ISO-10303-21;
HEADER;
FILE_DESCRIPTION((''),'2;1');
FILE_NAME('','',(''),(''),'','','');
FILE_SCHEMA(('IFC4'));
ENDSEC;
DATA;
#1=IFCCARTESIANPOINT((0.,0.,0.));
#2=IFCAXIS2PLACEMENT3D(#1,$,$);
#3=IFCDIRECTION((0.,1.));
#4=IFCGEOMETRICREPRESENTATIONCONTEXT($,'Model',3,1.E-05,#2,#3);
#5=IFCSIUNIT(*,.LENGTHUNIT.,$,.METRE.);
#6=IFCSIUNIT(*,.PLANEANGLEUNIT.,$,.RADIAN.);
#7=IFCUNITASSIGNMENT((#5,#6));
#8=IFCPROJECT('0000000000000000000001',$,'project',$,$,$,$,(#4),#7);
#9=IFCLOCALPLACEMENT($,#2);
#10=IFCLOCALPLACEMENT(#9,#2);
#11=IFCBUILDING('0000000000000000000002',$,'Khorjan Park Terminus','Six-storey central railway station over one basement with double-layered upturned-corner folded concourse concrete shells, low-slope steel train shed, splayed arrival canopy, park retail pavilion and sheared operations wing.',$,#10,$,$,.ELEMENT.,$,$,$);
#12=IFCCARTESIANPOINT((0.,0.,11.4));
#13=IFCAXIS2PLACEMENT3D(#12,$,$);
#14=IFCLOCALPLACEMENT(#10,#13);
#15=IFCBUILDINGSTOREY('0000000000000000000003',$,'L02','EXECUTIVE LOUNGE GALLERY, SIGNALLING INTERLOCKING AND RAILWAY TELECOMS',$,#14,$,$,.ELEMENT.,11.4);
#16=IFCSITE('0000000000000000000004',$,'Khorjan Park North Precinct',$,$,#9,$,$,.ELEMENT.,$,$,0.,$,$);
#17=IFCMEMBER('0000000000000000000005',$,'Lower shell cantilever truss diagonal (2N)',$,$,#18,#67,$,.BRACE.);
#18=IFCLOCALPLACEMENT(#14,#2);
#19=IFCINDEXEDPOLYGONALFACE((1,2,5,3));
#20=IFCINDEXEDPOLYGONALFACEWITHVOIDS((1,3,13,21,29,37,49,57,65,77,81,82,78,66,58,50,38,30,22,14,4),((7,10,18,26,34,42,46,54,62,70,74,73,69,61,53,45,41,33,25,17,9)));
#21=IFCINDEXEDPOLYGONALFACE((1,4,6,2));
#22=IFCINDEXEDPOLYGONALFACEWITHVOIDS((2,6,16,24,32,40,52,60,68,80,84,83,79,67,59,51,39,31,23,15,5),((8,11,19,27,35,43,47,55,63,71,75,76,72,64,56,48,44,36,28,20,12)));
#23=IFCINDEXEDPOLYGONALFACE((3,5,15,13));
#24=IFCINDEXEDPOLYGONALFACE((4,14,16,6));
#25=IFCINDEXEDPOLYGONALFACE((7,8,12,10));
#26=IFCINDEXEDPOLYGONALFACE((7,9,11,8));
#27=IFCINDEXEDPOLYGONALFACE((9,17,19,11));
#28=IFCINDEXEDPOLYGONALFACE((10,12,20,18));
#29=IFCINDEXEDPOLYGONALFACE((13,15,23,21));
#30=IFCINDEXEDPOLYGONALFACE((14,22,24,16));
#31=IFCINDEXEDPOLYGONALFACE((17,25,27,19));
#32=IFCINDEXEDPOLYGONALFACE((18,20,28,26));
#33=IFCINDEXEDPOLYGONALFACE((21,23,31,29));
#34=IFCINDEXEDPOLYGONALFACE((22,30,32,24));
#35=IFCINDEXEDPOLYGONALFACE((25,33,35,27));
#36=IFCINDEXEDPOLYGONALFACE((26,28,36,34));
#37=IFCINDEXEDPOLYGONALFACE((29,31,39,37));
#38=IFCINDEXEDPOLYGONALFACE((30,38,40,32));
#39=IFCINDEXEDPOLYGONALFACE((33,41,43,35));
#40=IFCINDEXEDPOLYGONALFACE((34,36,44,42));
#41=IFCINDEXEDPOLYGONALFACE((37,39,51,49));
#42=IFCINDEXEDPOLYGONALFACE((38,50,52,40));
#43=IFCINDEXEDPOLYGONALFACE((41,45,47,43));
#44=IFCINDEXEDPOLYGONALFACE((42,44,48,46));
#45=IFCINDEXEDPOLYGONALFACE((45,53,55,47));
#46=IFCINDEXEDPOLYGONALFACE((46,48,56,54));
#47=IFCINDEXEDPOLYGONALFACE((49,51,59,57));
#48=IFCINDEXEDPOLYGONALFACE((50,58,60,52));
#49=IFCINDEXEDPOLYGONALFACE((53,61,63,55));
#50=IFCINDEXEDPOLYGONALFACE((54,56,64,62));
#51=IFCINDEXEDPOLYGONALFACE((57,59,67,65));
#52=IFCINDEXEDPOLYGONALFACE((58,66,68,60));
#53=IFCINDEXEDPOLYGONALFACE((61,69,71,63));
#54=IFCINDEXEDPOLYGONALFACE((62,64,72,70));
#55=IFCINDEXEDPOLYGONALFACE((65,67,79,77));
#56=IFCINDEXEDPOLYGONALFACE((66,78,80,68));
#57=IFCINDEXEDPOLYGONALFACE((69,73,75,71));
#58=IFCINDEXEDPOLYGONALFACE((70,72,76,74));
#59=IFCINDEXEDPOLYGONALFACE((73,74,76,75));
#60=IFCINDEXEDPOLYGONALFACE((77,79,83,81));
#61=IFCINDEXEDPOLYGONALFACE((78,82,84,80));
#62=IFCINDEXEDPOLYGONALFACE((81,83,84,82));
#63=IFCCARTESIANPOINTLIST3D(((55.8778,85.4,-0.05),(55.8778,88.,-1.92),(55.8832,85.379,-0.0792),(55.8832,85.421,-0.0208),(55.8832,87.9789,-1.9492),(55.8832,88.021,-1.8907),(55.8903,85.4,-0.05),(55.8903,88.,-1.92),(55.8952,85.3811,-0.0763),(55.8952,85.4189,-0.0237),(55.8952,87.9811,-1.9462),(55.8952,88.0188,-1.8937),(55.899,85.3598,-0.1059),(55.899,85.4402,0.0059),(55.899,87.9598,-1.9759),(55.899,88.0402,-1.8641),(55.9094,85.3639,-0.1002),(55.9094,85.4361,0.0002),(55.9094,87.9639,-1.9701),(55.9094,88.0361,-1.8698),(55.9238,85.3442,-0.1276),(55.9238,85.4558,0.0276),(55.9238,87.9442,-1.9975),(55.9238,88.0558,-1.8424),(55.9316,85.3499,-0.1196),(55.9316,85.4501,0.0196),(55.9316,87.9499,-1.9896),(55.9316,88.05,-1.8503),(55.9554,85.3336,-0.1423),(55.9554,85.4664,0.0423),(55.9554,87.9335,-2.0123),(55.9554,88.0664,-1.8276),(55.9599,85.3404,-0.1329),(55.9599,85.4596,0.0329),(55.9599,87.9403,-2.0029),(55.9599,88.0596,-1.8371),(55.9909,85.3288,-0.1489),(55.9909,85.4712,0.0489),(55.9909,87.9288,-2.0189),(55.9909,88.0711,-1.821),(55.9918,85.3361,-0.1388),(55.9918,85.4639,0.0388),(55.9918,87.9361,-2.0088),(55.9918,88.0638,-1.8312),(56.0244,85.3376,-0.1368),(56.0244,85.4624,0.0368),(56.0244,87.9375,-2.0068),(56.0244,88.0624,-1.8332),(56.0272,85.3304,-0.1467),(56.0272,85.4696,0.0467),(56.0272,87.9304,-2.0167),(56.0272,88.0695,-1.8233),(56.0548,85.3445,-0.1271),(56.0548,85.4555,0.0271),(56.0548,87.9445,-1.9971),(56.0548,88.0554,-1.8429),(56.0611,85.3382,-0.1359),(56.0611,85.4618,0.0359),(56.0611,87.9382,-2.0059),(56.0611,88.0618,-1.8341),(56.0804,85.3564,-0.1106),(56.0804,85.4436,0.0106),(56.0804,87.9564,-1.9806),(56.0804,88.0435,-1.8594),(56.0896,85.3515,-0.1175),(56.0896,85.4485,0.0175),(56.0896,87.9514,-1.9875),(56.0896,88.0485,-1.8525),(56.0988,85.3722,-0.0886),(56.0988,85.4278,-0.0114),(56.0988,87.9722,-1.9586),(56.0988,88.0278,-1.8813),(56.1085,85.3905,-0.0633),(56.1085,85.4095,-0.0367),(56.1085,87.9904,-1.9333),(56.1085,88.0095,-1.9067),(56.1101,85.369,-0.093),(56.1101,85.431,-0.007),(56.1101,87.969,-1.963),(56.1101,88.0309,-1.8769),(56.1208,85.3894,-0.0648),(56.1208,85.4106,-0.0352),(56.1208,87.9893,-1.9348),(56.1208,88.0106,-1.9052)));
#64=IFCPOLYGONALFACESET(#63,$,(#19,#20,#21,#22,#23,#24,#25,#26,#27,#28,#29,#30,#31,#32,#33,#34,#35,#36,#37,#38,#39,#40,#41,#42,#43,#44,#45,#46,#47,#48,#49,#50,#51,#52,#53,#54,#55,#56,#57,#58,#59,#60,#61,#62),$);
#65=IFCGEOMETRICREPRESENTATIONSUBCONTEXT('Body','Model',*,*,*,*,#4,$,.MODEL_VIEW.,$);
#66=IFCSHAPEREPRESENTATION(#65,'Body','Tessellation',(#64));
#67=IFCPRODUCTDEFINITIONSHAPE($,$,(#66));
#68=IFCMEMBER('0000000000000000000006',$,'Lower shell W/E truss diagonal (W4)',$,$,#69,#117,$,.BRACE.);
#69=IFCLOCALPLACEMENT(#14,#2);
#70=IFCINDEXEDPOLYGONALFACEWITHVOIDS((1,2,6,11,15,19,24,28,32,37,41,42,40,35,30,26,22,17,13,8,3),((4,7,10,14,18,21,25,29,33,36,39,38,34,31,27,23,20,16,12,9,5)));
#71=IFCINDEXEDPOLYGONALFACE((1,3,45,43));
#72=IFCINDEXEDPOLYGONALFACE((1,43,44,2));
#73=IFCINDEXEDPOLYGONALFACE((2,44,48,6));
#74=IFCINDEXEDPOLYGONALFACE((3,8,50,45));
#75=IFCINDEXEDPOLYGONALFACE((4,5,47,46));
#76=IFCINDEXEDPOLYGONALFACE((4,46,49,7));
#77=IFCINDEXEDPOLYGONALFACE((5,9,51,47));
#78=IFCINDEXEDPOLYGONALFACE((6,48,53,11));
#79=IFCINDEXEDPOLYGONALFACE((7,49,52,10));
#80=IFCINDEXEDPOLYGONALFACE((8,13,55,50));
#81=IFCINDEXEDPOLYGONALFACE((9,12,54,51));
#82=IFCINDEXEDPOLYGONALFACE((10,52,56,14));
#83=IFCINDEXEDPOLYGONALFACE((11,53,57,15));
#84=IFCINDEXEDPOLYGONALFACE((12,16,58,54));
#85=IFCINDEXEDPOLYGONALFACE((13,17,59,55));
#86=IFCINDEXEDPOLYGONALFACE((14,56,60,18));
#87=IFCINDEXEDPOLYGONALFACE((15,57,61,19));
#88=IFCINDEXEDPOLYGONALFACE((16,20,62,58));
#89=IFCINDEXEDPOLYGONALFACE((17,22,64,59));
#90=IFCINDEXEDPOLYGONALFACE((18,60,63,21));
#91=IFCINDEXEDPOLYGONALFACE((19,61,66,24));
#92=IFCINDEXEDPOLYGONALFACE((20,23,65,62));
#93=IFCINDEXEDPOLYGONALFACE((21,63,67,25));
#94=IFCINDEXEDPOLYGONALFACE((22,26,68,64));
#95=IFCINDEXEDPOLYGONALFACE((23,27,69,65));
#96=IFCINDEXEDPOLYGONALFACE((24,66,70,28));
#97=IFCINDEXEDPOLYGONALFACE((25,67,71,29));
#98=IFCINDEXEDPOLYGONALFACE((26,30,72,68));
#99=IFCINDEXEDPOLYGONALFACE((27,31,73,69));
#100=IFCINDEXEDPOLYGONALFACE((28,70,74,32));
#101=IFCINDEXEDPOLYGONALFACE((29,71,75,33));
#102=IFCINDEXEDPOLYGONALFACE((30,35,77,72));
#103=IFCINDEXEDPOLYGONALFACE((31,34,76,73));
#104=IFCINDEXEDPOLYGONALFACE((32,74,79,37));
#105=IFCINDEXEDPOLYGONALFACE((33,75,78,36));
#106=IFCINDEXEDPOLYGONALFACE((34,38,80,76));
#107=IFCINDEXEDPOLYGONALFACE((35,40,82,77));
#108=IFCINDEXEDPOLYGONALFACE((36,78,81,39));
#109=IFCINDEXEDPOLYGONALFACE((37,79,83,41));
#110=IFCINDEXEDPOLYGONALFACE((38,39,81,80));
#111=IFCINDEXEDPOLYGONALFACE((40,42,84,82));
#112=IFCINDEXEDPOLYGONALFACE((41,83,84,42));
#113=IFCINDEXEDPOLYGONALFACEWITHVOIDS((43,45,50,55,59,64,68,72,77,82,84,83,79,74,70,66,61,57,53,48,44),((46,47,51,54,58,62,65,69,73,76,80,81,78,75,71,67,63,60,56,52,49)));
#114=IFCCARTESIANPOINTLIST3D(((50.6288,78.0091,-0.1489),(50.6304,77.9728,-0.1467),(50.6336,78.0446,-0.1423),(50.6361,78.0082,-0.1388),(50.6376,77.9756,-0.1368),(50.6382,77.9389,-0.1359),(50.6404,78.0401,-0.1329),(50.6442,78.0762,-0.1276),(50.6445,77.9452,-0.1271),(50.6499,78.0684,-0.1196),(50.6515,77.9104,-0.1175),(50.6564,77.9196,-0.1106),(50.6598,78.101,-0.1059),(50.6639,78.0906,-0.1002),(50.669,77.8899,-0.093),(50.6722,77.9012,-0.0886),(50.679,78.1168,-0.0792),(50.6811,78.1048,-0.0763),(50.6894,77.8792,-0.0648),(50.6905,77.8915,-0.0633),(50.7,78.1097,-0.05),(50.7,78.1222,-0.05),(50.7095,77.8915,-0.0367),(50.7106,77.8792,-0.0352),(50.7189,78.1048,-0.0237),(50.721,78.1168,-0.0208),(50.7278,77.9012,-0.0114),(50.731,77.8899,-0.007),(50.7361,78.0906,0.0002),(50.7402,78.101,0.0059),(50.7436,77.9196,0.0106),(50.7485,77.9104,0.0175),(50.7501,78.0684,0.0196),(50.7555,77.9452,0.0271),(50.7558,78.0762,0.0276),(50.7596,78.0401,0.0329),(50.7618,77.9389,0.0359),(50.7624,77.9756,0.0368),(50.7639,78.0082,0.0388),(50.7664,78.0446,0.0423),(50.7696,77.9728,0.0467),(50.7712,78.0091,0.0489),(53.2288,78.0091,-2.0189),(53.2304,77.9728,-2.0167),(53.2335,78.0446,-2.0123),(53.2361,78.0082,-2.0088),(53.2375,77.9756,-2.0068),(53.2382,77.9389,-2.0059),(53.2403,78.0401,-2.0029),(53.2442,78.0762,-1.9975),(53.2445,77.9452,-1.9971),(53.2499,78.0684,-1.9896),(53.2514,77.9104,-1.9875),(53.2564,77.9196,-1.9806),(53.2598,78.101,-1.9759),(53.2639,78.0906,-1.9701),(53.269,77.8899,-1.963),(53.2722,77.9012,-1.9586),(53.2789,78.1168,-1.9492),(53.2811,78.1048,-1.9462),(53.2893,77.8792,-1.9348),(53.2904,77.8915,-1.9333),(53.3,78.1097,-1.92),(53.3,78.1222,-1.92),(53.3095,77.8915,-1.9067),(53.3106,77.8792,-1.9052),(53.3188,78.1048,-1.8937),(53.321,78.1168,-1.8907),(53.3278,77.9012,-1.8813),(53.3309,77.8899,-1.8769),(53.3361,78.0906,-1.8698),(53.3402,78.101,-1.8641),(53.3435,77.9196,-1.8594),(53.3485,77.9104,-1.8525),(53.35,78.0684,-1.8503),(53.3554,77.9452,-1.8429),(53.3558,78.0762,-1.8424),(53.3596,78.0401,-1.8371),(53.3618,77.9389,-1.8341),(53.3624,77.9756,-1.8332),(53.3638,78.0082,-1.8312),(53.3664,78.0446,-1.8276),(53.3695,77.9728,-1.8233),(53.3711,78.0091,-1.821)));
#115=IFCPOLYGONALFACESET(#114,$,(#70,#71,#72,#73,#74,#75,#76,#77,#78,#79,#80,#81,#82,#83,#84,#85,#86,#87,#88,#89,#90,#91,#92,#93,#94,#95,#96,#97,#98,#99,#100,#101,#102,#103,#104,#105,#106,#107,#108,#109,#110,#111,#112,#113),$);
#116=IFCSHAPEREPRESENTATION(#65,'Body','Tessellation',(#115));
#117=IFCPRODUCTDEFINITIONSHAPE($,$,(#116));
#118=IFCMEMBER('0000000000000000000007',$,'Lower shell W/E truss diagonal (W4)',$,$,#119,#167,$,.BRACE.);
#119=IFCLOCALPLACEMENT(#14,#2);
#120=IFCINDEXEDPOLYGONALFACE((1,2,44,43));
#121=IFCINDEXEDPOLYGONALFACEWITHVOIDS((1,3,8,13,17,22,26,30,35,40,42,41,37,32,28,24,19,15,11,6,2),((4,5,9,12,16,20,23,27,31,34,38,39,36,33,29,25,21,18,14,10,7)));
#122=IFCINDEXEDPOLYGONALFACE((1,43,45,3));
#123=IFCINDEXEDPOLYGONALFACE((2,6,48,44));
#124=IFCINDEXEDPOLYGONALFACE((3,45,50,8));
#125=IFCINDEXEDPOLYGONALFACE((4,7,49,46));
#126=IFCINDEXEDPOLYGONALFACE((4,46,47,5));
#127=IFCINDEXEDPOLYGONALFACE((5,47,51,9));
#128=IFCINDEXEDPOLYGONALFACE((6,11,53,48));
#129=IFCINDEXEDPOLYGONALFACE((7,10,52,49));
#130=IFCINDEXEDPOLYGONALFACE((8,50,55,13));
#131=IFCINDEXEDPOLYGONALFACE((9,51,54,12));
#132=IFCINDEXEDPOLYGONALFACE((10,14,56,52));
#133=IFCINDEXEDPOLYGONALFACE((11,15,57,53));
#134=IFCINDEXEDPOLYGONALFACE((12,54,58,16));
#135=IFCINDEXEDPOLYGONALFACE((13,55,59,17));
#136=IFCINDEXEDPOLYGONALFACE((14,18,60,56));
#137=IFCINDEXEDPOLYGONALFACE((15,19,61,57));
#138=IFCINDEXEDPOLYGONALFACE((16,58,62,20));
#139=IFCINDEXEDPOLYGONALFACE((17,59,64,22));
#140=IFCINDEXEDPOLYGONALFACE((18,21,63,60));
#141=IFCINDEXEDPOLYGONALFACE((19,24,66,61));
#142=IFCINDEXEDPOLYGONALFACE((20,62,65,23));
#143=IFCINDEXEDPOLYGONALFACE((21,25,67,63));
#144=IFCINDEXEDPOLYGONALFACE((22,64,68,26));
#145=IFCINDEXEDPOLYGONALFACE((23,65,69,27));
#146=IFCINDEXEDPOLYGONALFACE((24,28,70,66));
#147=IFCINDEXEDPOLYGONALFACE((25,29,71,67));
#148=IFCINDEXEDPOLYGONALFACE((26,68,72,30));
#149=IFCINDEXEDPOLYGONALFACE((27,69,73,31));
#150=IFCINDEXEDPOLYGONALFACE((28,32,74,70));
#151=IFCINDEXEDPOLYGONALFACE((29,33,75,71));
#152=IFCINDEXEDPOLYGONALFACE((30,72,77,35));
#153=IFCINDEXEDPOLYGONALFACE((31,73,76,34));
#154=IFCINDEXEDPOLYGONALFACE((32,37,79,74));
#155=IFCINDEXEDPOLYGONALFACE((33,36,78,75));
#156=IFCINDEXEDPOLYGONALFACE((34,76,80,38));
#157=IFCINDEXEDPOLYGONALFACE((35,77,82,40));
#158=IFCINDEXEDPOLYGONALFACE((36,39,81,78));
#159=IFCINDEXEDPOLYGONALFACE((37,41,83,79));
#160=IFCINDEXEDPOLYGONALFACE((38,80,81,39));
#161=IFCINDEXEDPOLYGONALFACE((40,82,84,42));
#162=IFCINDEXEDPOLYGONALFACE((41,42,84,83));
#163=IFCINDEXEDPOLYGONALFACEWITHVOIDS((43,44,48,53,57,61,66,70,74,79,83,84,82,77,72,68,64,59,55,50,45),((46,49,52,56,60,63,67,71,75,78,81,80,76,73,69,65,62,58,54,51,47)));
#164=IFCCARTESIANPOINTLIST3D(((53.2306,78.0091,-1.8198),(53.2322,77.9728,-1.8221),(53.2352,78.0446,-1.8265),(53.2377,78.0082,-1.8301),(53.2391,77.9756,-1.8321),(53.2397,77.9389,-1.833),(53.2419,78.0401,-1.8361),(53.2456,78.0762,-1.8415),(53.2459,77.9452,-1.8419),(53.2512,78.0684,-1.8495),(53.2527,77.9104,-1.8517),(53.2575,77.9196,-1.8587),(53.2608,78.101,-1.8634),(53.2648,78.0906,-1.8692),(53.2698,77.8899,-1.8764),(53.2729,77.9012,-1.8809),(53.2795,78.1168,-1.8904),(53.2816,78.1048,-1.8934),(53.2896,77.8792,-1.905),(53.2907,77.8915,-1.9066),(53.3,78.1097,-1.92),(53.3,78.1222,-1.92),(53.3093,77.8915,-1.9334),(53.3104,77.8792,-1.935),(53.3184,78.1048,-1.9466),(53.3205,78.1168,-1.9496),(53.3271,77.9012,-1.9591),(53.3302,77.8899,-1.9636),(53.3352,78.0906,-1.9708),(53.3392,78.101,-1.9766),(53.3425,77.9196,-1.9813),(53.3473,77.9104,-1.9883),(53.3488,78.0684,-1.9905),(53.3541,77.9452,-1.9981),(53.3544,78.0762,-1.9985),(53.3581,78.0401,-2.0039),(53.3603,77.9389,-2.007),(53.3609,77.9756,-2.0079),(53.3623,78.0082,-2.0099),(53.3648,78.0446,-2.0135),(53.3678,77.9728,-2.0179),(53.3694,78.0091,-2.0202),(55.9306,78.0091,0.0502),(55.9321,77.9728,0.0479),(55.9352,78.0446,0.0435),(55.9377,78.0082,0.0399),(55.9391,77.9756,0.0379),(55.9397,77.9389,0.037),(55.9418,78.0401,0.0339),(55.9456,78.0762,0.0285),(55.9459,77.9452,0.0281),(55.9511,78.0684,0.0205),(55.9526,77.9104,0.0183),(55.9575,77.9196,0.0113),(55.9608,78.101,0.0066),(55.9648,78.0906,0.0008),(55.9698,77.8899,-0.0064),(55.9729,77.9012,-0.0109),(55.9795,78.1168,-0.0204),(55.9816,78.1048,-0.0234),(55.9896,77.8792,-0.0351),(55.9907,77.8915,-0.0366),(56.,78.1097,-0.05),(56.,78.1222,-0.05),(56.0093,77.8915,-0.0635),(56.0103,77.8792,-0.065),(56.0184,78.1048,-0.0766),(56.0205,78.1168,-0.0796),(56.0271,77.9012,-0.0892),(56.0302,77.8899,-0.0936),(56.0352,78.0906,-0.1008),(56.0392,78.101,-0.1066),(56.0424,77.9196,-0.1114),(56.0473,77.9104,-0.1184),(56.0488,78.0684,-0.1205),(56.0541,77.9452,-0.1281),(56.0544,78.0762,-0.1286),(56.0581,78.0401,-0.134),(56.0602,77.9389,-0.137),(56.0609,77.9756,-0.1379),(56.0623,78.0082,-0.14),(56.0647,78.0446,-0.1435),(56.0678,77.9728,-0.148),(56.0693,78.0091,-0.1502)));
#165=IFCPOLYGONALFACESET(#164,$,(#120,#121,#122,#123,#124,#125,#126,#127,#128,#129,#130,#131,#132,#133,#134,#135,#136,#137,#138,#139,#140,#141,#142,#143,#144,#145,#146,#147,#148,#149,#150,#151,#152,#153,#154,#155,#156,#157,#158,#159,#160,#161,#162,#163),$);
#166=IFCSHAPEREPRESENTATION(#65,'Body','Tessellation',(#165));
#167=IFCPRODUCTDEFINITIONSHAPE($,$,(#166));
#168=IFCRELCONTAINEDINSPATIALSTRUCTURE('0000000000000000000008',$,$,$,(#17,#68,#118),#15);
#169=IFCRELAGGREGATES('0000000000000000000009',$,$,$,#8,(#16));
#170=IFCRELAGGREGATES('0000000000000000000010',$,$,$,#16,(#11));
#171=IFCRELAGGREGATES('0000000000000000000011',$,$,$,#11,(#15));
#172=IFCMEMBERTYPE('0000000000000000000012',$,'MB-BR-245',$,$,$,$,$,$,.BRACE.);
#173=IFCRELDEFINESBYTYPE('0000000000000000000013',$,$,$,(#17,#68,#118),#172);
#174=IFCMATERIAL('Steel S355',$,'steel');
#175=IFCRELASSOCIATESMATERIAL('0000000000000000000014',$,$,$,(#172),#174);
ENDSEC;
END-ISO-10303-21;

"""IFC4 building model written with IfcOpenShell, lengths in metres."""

from ifc_helpers import new_model, si_unit, direction, frame, origin, origin_2d, place, context, subcontext, project, spatial, hollow_circle, extrude, material, material_profile, profile_set, type_object, element, save


model = new_model("IFC4")

# Units and contexts
model_context = context("Model", 3, precision=1e-05, world=origin(), true_north=direction((0.0, 1.0)))
body_context = subcontext(model_context, "Body", "Model", "MODEL_VIEW")
ifc_project = project(units=[si_unit("LENGTHUNIT", "METRE"), si_unit("PLANEANGLEUNIT", "RADIAN")], contexts=[model_context])

# Site, building, storey
site_placement = place(None, origin())
site = spatial("IfcSite", under=ifc_project, at=site_placement, Name="Khorjan Park North Precinct", CompositionType="ELEMENT", RefElevation=0.0)
building_placement = place(site_placement, origin())
building = spatial("IfcBuilding", under=site, at=building_placement, Name="Khorjan Park Terminus", Description="Six-storey central railway station over one basement with double-layered upturned-corner folded concourse concrete shells, low-slope steel train shed, splayed arrival canopy, park retail pavilion and sheared operations wing.", CompositionType="ELEMENT")
storey_placement = place(building_placement, frame((0.0, 0.0, 11.4)))
storey = spatial("IfcBuildingStorey", under=building, at=storey_placement, Name="L02", Description="EXECUTIVE LOUNGE GALLERY, SIGNALLING INTERLOCKING AND RAILWAY TELECOMS", CompositionType="ELEMENT", Elevation=11.4)

# Members
ifc_material_1 = material(Name="Steel S355", Category="steel")
ifc_material_profile_1 = material_profile(ifc_material_1, hollow_circle(Radius=0.1222, WallThickness=0.0125, at=origin_2d()), Name="CHS 244.5x12.5")
ifc_profile_set_1 = profile_set([ifc_material_profile_1], Name="Steel S355")
member_type_1 = type_object("IfcMemberType", Name="MB-BR-245", PredefinedType="BRACE", material=ifc_profile_set_1)
for number, where, z_axis, x_axis, name in (
    (1, (56.0, 85.4, -0.05), (0.0, 0.81183, -0.583893), (-1.0, 0.0, 0.0), "Lower shell cantilever truss diagonal (2N)"),
    (2, (50.7, 78.0, -0.05), (0.81183, 0.0, -0.583893), (0.0, 1.0, 0.0), "Lower shell W/E truss diagonal (W4)"),
):
    element("IfcMember", number, at=place(storey_placement, frame(where, z_axis=z_axis, x_axis=x_axis)), inside=storey, type_object=member_type_1, Name=name, PredefinedType="BRACE", context=body_context, shape_type="SweptSolid", body=[
        extrude(hollow_circle(Radius=0.1222, WallThickness=0.0125, at=origin_2d()), origin(), (0.0, 0.0, 1.0), 3.2026),
    ])
for number, where, z_axis, x_axis, name in (
    (3, (53.3, 78.0, -1.92), (0.822083, 0.0, 0.569368), (0.0, 1.0, 0.0), "Lower shell W/E truss diagonal (W4)"),
):
    element("IfcMember", number, at=place(storey_placement, frame(where, z_axis=z_axis, x_axis=x_axis)), inside=storey, type_object=member_type_1, Name=name, PredefinedType="BRACE", context=body_context, shape_type="SweptSolid", body=[
        extrude(hollow_circle(Radius=0.1222, WallThickness=0.0125, at=origin_2d()), origin(), (0.0, 0.0, 1.0), 3.2843),
    ])

save(model, "model.ifc")
